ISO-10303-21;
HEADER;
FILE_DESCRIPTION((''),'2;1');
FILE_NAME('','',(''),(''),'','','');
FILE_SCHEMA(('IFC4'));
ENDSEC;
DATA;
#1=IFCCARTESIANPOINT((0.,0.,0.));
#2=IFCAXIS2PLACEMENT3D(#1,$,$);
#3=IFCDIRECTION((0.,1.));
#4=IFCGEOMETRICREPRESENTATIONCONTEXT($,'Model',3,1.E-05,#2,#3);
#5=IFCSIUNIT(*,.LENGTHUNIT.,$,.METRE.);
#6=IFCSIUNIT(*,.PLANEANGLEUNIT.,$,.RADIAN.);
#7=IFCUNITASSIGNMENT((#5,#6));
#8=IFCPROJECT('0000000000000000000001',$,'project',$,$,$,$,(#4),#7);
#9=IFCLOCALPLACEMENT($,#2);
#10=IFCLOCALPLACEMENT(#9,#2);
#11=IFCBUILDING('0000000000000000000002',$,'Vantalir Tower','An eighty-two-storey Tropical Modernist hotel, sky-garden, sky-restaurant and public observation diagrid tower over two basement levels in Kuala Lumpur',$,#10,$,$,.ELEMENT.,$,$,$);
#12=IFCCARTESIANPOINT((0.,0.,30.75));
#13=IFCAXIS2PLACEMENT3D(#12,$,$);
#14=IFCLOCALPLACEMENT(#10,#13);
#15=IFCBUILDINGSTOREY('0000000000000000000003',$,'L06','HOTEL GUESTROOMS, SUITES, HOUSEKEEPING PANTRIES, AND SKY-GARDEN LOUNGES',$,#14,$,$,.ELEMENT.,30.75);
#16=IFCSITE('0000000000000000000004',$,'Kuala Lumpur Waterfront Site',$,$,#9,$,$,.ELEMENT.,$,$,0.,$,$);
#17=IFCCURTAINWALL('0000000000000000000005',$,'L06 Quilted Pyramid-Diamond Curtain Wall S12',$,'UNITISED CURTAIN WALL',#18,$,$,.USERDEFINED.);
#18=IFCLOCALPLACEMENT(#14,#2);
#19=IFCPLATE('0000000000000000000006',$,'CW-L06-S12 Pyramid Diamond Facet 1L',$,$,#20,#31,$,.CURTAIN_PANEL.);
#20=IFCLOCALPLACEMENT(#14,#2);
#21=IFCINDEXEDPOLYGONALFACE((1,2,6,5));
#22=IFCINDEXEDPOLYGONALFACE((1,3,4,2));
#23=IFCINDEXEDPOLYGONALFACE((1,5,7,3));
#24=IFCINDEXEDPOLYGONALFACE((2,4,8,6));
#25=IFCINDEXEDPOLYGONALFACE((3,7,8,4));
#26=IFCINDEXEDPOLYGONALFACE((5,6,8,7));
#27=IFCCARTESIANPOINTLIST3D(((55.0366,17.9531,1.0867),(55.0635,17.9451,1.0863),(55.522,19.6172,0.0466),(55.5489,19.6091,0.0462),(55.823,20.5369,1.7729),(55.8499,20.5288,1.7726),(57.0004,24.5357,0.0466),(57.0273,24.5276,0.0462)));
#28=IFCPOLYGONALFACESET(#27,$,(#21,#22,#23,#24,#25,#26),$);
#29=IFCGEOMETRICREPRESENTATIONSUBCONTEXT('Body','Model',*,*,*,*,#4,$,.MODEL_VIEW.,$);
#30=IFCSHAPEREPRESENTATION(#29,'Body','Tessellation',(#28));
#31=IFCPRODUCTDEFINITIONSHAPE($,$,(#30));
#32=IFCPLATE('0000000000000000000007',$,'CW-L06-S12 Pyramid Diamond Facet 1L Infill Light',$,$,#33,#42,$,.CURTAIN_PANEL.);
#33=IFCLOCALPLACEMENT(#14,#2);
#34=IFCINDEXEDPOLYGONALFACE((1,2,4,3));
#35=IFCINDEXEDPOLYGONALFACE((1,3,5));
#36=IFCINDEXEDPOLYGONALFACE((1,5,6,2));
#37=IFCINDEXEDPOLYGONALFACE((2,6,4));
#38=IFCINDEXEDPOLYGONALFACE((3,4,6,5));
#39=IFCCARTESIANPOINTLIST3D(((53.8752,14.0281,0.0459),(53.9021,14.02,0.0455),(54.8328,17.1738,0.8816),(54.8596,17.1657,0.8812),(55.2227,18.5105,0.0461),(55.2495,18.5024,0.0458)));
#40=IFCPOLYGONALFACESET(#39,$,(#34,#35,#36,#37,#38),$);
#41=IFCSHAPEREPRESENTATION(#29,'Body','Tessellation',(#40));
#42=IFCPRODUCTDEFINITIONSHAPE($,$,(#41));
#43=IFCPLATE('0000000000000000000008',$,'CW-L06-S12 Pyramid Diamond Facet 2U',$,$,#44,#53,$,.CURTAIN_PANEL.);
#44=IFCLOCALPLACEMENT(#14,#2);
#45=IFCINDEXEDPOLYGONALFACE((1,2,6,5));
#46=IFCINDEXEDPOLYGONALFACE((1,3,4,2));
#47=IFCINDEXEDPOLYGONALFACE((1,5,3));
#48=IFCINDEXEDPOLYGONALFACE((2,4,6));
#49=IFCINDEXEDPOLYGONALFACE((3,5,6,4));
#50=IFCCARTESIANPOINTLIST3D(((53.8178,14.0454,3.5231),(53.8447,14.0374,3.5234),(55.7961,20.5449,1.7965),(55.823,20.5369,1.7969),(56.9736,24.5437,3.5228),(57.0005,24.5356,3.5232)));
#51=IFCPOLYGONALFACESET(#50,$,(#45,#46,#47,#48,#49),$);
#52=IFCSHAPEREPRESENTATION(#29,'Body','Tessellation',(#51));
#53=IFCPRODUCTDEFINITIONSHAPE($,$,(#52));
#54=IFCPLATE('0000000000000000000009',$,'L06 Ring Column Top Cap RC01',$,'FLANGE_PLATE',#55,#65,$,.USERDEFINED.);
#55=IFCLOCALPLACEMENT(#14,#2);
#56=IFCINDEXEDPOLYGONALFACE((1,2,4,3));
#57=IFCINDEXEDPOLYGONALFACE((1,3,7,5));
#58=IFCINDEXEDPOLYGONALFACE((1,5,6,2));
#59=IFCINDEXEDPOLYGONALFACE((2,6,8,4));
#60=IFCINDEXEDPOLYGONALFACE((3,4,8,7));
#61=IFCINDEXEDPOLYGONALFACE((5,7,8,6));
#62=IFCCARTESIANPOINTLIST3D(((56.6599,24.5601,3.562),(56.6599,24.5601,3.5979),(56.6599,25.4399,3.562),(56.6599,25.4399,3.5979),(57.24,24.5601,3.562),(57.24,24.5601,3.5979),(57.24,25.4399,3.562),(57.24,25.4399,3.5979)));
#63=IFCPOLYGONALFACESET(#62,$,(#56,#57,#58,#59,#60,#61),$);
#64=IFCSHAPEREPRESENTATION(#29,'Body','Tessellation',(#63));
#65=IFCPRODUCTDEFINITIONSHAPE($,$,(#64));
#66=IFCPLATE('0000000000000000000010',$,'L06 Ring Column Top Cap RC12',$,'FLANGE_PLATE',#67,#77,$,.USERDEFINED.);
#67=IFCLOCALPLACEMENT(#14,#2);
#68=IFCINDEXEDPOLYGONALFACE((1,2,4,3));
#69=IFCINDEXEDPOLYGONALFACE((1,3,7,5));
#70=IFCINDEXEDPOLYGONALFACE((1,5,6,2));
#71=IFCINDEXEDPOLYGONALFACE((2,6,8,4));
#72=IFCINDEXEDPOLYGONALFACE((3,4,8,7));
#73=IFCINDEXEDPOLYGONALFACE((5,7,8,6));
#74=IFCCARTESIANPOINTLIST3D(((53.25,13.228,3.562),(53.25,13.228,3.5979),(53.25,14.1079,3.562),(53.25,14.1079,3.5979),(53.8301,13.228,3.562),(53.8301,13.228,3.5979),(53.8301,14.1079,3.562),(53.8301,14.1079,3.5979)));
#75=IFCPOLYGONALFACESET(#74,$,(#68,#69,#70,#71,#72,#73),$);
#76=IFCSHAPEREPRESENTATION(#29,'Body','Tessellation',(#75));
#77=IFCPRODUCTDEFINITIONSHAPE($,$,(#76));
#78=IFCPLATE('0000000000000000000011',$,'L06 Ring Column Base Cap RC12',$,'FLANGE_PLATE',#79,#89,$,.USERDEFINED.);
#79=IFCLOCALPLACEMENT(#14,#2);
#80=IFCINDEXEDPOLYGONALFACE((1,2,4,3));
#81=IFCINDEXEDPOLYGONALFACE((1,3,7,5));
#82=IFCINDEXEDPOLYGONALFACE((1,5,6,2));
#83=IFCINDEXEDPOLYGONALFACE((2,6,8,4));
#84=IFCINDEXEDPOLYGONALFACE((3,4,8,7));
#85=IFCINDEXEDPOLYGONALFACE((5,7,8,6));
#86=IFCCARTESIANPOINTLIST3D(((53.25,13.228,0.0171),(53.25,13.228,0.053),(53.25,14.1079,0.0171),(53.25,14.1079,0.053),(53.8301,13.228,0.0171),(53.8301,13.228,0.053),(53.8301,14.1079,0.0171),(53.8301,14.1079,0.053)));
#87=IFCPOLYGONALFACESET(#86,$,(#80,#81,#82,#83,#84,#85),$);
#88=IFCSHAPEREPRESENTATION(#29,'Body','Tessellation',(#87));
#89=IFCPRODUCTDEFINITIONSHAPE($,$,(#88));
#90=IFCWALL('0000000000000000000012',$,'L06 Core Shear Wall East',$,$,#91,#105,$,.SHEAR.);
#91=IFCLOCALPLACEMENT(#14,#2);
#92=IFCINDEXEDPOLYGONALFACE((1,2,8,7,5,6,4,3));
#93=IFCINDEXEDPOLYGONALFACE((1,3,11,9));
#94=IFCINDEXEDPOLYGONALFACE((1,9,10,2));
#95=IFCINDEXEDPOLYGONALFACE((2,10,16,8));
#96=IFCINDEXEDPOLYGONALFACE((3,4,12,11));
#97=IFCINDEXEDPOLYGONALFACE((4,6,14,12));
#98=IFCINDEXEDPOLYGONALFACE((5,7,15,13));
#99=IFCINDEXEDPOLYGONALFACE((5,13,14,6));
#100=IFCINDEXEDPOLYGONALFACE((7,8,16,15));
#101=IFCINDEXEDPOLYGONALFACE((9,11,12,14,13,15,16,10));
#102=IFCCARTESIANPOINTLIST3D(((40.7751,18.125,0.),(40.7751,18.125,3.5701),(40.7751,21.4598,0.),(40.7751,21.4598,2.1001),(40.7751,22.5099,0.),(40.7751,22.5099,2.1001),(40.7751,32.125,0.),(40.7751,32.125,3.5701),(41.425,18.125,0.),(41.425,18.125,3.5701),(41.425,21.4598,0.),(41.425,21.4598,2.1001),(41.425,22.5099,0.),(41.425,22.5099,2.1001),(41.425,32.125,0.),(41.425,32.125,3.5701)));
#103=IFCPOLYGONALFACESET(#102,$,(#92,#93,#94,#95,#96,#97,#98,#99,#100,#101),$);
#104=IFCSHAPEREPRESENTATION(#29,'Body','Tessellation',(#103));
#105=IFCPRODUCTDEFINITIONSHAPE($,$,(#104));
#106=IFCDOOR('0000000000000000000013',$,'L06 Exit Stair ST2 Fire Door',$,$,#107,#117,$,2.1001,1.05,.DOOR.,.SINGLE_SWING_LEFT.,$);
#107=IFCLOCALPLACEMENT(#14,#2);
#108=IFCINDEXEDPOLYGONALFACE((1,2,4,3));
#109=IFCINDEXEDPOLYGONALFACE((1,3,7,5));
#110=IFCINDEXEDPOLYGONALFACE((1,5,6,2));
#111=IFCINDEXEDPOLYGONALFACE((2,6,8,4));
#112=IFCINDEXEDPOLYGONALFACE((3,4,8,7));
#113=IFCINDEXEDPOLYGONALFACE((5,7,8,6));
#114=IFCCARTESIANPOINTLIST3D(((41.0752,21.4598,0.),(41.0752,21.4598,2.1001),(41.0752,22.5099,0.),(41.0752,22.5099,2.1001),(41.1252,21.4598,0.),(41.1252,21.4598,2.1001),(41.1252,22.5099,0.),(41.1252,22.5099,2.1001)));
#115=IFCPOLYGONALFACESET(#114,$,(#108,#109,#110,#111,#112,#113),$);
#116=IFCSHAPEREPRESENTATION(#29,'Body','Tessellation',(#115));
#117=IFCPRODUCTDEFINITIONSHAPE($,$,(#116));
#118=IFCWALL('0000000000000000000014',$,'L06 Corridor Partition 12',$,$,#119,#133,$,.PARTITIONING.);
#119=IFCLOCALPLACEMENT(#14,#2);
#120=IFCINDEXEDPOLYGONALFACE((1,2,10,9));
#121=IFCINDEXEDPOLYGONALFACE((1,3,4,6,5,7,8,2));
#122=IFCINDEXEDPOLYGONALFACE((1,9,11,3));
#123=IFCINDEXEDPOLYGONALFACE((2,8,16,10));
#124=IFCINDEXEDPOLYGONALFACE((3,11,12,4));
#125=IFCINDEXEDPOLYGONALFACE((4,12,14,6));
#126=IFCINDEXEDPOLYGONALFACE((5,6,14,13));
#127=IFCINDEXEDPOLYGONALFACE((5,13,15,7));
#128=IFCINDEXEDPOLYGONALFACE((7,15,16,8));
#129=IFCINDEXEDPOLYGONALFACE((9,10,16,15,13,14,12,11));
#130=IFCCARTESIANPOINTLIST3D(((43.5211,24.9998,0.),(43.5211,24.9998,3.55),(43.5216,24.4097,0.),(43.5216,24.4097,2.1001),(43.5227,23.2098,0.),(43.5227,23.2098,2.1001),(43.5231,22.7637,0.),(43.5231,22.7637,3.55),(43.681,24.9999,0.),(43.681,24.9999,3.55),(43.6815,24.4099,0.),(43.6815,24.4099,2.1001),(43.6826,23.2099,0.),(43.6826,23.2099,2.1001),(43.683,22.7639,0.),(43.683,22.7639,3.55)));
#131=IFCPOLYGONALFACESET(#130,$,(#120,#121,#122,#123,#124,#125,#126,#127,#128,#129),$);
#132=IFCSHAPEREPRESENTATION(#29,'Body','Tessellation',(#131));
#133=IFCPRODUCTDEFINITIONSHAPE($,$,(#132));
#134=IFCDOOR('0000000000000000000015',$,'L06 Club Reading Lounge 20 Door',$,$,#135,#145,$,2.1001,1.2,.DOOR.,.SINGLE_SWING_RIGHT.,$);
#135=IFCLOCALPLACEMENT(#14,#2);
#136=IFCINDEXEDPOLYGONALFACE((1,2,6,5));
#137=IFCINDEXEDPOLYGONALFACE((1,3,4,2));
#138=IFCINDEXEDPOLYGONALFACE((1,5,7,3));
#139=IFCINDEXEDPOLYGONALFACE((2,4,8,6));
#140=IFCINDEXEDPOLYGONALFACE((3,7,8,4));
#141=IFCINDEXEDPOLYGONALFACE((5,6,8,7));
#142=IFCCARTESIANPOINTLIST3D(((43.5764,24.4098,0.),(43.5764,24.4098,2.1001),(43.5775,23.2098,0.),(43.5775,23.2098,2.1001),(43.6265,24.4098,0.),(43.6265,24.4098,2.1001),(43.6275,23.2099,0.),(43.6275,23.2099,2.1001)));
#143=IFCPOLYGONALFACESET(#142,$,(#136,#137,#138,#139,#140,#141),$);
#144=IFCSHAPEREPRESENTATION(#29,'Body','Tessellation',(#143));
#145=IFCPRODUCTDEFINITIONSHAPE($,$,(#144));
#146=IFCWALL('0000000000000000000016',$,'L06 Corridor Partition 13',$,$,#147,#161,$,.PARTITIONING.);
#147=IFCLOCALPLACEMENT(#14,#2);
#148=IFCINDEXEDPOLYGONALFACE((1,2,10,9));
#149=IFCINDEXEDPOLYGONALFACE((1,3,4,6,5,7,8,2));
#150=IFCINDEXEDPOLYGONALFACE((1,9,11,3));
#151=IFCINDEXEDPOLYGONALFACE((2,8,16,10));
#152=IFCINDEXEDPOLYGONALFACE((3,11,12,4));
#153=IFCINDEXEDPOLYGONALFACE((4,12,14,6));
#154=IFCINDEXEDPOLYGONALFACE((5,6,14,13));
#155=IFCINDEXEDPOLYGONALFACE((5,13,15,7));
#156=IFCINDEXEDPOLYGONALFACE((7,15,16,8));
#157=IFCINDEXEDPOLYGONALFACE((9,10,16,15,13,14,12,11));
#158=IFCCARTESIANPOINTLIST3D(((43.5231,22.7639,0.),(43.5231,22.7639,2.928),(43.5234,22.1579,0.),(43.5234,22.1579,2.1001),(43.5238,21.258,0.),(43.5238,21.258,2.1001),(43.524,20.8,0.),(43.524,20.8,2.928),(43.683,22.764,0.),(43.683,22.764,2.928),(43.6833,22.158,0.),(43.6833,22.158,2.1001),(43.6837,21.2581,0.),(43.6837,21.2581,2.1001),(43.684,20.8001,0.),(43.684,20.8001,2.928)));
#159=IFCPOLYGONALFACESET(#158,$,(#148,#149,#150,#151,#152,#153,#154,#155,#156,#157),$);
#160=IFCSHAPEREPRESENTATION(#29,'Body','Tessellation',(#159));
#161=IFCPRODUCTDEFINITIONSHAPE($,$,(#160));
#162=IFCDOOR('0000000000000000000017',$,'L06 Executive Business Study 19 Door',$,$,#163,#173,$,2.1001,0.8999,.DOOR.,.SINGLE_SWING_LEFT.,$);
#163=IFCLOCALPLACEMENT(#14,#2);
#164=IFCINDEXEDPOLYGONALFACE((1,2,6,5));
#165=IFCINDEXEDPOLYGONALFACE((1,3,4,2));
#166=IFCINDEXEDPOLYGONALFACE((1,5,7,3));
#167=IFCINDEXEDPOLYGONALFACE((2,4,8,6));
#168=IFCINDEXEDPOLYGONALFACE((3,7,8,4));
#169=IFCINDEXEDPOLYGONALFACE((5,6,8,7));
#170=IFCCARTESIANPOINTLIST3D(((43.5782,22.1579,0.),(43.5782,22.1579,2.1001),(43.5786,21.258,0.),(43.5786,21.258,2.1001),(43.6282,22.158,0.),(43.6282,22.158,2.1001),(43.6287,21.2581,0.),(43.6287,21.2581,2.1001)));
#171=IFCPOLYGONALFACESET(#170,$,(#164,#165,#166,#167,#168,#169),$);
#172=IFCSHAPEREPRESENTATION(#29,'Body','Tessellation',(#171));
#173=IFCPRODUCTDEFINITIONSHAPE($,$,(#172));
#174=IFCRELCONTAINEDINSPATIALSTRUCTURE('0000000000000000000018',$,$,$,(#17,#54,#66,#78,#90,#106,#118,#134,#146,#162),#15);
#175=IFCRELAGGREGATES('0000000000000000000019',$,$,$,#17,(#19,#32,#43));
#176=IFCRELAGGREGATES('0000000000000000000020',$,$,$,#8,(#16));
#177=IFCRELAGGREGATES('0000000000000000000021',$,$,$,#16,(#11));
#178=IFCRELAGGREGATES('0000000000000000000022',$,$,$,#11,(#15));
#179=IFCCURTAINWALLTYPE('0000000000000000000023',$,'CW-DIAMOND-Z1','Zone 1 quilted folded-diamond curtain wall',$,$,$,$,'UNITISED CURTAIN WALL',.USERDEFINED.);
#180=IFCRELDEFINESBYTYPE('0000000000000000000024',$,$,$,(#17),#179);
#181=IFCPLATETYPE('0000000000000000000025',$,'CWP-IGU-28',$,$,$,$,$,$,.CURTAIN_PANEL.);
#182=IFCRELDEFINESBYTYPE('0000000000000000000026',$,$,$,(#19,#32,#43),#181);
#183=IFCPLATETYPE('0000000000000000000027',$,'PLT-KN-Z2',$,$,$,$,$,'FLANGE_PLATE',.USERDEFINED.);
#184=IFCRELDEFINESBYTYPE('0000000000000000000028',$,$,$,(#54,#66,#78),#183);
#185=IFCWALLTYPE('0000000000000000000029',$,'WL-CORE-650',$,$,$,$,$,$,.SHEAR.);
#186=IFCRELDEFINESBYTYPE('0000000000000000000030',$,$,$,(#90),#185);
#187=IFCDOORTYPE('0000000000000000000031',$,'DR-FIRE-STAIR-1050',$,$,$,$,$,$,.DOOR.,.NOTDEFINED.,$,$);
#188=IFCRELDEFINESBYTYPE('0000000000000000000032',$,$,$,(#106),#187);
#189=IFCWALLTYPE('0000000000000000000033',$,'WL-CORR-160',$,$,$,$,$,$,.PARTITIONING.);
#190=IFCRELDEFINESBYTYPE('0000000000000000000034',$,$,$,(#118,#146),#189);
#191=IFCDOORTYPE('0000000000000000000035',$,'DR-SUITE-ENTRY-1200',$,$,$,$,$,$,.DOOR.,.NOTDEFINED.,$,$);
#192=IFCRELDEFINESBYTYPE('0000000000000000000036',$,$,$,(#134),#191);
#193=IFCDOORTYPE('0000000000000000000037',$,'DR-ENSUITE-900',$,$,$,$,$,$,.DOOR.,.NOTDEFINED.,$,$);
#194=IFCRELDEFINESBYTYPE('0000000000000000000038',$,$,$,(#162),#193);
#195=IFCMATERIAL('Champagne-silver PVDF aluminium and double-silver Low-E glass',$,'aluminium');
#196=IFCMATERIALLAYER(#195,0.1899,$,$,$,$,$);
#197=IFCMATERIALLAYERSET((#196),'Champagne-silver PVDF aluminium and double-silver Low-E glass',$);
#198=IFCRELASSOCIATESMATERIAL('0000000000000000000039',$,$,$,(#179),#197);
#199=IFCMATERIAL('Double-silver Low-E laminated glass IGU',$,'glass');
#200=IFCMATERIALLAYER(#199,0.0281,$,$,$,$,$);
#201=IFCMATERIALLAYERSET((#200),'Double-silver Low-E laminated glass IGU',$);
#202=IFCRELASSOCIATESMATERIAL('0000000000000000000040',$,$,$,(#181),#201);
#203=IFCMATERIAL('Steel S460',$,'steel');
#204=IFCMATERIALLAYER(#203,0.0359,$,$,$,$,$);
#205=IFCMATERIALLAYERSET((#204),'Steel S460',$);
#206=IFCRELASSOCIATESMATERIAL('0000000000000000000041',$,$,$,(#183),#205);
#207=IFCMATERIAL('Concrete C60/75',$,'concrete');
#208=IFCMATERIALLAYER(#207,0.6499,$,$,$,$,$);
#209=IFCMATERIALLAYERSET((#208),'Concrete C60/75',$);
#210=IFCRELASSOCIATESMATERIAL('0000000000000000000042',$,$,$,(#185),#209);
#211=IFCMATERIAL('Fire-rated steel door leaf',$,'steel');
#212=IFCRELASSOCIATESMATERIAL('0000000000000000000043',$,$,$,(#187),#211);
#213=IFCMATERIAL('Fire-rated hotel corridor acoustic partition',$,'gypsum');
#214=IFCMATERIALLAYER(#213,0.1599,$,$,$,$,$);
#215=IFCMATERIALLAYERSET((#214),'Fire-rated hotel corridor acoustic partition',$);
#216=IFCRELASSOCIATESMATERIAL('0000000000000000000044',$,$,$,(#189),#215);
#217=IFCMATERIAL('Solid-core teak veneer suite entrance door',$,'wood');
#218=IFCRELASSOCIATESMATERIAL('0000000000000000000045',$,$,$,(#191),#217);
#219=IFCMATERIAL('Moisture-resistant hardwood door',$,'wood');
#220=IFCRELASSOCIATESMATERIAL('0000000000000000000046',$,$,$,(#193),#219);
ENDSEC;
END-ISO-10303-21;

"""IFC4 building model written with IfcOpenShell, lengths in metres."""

from ifc_helpers import new_model, si_unit, direction, frame, frame_2d, origin, place, context, subcontext, project, spatial, polyline, rectangle, outline, extrude, material, layer, layer_set, type_object, element, fill, aggregate, save


model = new_model("IFC4")

# Units and contexts
model_context = context("Model", 3, precision=1e-05, world=origin(), true_north=direction((0.0, 1.0)))
body_context = subcontext(model_context, "Body", "Model", "MODEL_VIEW")
ifc_project = project(units=[si_unit("LENGTHUNIT", "METRE"), si_unit("PLANEANGLEUNIT", "RADIAN")], contexts=[model_context])

# Site, building, storey
site_placement = place(None, origin())
site = spatial("IfcSite", under=ifc_project, at=site_placement, Name="Kuala Lumpur Waterfront Site", CompositionType="ELEMENT", RefElevation=0.0)
building_placement = place(site_placement, origin())
building = spatial("IfcBuilding", under=site, at=building_placement, Name="Vantalir Tower", Description="An eighty-two-storey Tropical Modernist hotel, sky-garden, sky-restaurant and public observation diagrid tower over two basement levels in Kuala Lumpur", CompositionType="ELEMENT")
storey_placement = place(building_placement, frame((0.0, 0.0, 30.75)))
storey = spatial("IfcBuildingStorey", under=building, at=storey_placement, Name="L06", Description="HOTEL GUESTROOMS, SUITES, HOUSEKEEPING PANTRIES, AND SKY-GARDEN LOUNGES", CompositionType="ELEMENT", Elevation=30.75)

# Shared definitions
ifc_material_1 = material(Name="Concrete C60/75", Category="concrete")
ifc_material_2 = material(Name="Steel S460", Category="steel")

# Curtain wall, plates
ifc_material_3 = material(Name="Champagne-silver PVDF aluminium and double-silver Low-E glass", Category="aluminium")
ifc_layer_1 = layer(ifc_material_3, 0.1899)
ifc_layer_set_1 = layer_set([ifc_layer_1], Name="Champagne-silver PVDF aluminium and double-silver Low-E glass")
curtain_wall_type = type_object("IfcCurtainWallType", Name="CW-DIAMOND-Z1", Description="Zone 1 quilted folded-diamond curtain wall", ElementType="UNITISED CURTAIN WALL", PredefinedType="USERDEFINED", material=ifc_layer_set_1)
curtain_wall_placement = place(storey_placement, origin())
curtain_wall = element("IfcCurtainWall", 1, at=curtain_wall_placement, inside=storey, type_object=curtain_wall_type, Name="L06 Quilted Pyramid-Diamond Curtain Wall S12", ObjectType="UNITISED CURTAIN WALL", PredefinedType="USERDEFINED")
ifc_material_4 = material(Name="Double-silver Low-E laminated glass IGU", Category="glass")
ifc_layer_2 = layer(ifc_material_4, 0.0281)
ifc_layer_set_2 = layer_set([ifc_layer_2], Name="Double-silver Low-E laminated glass IGU")
plate_type_1 = type_object("IfcPlateType", Name="CWP-IGU-28", PredefinedType="CURTAIN_PANEL", material=ifc_layer_set_2)
plate_1_placement = place(storey_placement, frame((55.522, 19.6172, 0.0466), z_axis=(-0.95758, 0.287844, 0.013632), x_axis=(0.287871, 0.957669, 0.0)))
plate_1 = element("IfcPlate", 2, at=plate_1_placement, type_object=plate_type_1, Name="CW-L06-S12 Pyramid Diamond Facet 1L", PredefinedType="CURTAIN_PANEL", context=body_context, shape_type="SweptSolid", body=[
    extrude(outline(polyline([(0.0, 0.0), (5.1359, 0.0), (0.9674, -1.7265), (-1.7333, -1.0401), (0.0, 0.0)])), origin(), (0.0, 0.0, -1.0), 0.0281),
])
plate_2_placement = place(storey_placement, frame((53.8752, 14.0281, 0.0459), z_axis=(-0.957579, 0.287847, 0.013649), x_axis=(0.287874, 0.957668, 0.000052)))
plate_2 = element("IfcPlate", 3, at=plate_2_placement, type_object=plate_type_1, Name="CW-L06-S12 Pyramid Diamond Facet 1L Infill Light", PredefinedType="CURTAIN_PANEL", context=body_context, shape_type="SweptSolid", body=[
    extrude(outline(polyline([(0.0, 0.0), (4.6806, 0.0), (3.2883, -0.8356), (0.0, 0.0)])), origin(), (0.0, 0.0, -1.0), 0.0281),
])
plate_3_placement = place(storey_placement, frame((57.0005, 24.5356, 3.5232), z_axis=(0.95758, -0.287846, 0.013608), x_axis=(-0.287873, -0.957669, 0.000022)))
plate_3 = element("IfcPlate", 4, at=plate_3_placement, type_object=plate_type_1, Name="CW-L06-S12 Pyramid Diamond Facet 2U", PredefinedType="CURTAIN_PANEL", context=body_context, shape_type="SweptSolid", body=[
    extrude(outline(polyline([(0.0, 0.0), (10.9623, 0.0), (4.1684, 1.7266), (0.0, 0.0)])), origin(), (0.0, 0.0, -1.0), 0.0281),
])
aggregate(curtain_wall, [plate_1, plate_2, plate_3])

# Plates
ifc_layer_3 = layer(ifc_material_2, 0.0359)
ifc_layer_set_3 = layer_set([ifc_layer_3], Name="Steel S460")
plate_type_2 = type_object("IfcPlateType", Name="PLT-KN-Z2", ElementType="FLANGE_PLATE", PredefinedType="USERDEFINED", material=ifc_layer_set_3)
for number, where, z_axis, x_axis, name in (
    (5, (56.6599, 25.4399, 3.5979), (0.0, 0.0, 1.0), (0.0, -1.0, 0.0), "L06 Ring Column Top Cap RC01"),
    (6, (53.25, 14.1079, 3.5979), (0.0, 0.0, 1.0), (0.0, -1.0, 0.0), "L06 Ring Column Top Cap RC12"),
    (7, (53.25, 14.1079, 0.053), (0.0, 0.0, 1.0), (0.0, -1.0, 0.0), "L06 Ring Column Base Cap RC12"),
):
    element("IfcPlate", number, at=place(storey_placement, frame(where, z_axis=z_axis, x_axis=x_axis)), inside=storey, type_object=plate_type_2, Name=name, ObjectType="FLANGE_PLATE", PredefinedType="USERDEFINED", context=body_context, shape_type="SweptSolid", body=[
        extrude(outline(polyline([(0.0, 0.0), (0.8799, 0.0), (0.8799, 0.5801), (0.0, 0.5801), (0.0, 0.0)])), origin(), (0.0, 0.0, -1.0), 0.0359),
    ])

# Walls, openings, doors
ifc_layer_4 = layer(ifc_material_1, 0.6499)
ifc_layer_set_4 = layer_set([ifc_layer_4], Name="Concrete C60/75")
wall_type_1 = type_object("IfcWallType", Name="WL-CORE-650", PredefinedType="SHEAR", material=ifc_layer_set_4)
wall_1_placement = place(storey_placement, frame((41.1001, 18.125, 0.0), z_axis=(0.0, 0.0, 1.0), x_axis=(0.0, 1.0, 0.0)))
wall_1 = element("IfcWall", 8, at=wall_1_placement, inside=storey, type_object=wall_type_1, Name="L06 Core Shear Wall East", PredefinedType="SHEAR", context=body_context, shape_type="SweptSolid", body=[
    extrude(rectangle(XDim=14.0, YDim=0.6499, at=frame_2d((7.0, 0.0))), origin(), (0.0, 0.0, 1.0), 3.5701),
])
opening_1_placement = place(wall_1_placement, frame((3.335, 0.0, 0.0)))
opening_1 = element("IfcOpeningElement", 9, at=opening_1_placement, cuts=wall_1, PredefinedType="OPENING", context=body_context, shape_type="SweptSolid", body=[
    extrude(rectangle(XDim=1.05, YDim=2.1001, at=frame_2d((0.5249, 1.05))), frame((0.0, 0.335, 0.0), z_axis=(0.0, -1.0, 0.0), x_axis=(1.0, 0.0, 0.0)), (0.0, 0.0, 1.0), 0.6699),
])
ifc_material_5 = material(Name="Fire-rated steel door leaf", Category="steel")
door_type_1 = type_object("IfcDoorType", Name="DR-FIRE-STAIR-1050", OperationType="NOTDEFINED", PredefinedType="DOOR", material=ifc_material_5)
door_1_placement = place(opening_1_placement, origin())
door_1 = element("IfcDoor", 10, at=door_1_placement, inside=storey, type_object=door_type_1, Name="L06 Exit Stair ST2 Fire Door", OperationType="SINGLE_SWING_LEFT", OverallHeight=2.1001, OverallWidth=1.05, PredefinedType="DOOR", context=body_context, shape_type="SweptSolid", body=[
    extrude(rectangle(XDim=1.05, YDim=2.1001, at=frame_2d((0.5249, 1.05))), frame((0.0, 0.0249, 0.0), z_axis=(0.0, -1.0, 0.0), x_axis=(1.0, 0.0, 0.0)), (0.0, 0.0, 1.0), 0.05),
])
fill(opening_1, door_1)
ifc_material_6 = material(Name="Fire-rated hotel corridor acoustic partition", Category="gypsum")
ifc_layer_5 = layer(ifc_material_6, 0.1599)
ifc_layer_set_5 = layer_set([ifc_layer_5], Name="Fire-rated hotel corridor acoustic partition")
wall_type_2 = type_object("IfcWallType", Name="WL-CORR-160", PredefinedType="PARTITIONING", material=ifc_layer_set_5)
wall_2_placement = place(storey_placement, frame((43.6011, 25.0, 0.0), z_axis=(0.0, 0.0, 1.0), x_axis=(0.000873, -1.0, 0.0)))
wall_2 = element("IfcWall", 11, at=wall_2_placement, inside=storey, type_object=wall_type_2, Name="L06 Corridor Partition 12", PredefinedType="PARTITIONING", context=body_context, shape_type="SweptSolid", body=[
    extrude(rectangle(XDim=2.2361, YDim=0.1599, at=frame_2d((1.1182, 0.0))), origin(), (0.0, 0.0, 1.0), 3.55),
])
opening_2_placement = place(wall_2_placement, frame((0.5901, 0.0, 0.0)))
opening_2 = element("IfcOpeningElement", 12, at=opening_2_placement, cuts=wall_2, PredefinedType="OPENING", context=body_context, shape_type="SweptSolid", body=[
    extrude(rectangle(XDim=1.2, YDim=2.1001, at=frame_2d((0.6001, 1.05))), frame((0.0, 0.0898, 0.0), z_axis=(0.0, -1.0, 0.0), x_axis=(1.0, 0.0, 0.0)), (0.0, 0.0, 1.0), 0.1799),
])
ifc_material_7 = material(Name="Solid-core teak veneer suite entrance door", Category="wood")
door_type_2 = type_object("IfcDoorType", Name="DR-SUITE-ENTRY-1200", OperationType="NOTDEFINED", PredefinedType="DOOR", material=ifc_material_7)
door_2_placement = place(opening_2_placement, origin())
door_2 = element("IfcDoor", 13, at=door_2_placement, inside=storey, type_object=door_type_2, Name="L06 Club Reading Lounge 20 Door", OperationType="SINGLE_SWING_RIGHT", OverallHeight=2.1001, OverallWidth=1.2, PredefinedType="DOOR", context=body_context, shape_type="SweptSolid", body=[
    extrude(rectangle(XDim=1.2, YDim=2.1001, at=frame_2d((0.6001, 1.05))), frame((0.0, 0.0249, 0.0), z_axis=(0.0, -1.0, 0.0), x_axis=(1.0, 0.0, 0.0)), (0.0, 0.0, 1.0), 0.05),
])
fill(opening_2, door_2)
wall_3_placement = place(storey_placement, frame((43.603, 22.7639, 0.0), z_axis=(0.0, 0.0, 1.0), x_axis=(0.000497, -1.0, 0.0)))
wall_3 = element("IfcWall", 14, at=wall_3_placement, inside=storey, type_object=wall_type_2, Name="L06 Corridor Partition 13", PredefinedType="PARTITIONING", context=body_context, shape_type="SweptSolid", body=[
    extrude(rectangle(XDim=1.9639, YDim=0.1599, at=frame_2d((0.9819, 0.0))), origin(), (0.0, 0.0, 1.0), 2.928),
])
opening_3_placement = place(wall_3_placement, frame((0.606, 0.0, 0.0)))
opening_3 = element("IfcOpeningElement", 15, at=opening_3_placement, cuts=wall_3, PredefinedType="OPENING", context=body_context, shape_type="SweptSolid", body=[
    extrude(rectangle(XDim=0.8999, YDim=2.1001, at=frame_2d((0.45, 1.05))), frame((0.0, 0.0898, 0.0), z_axis=(0.0, -1.0, 0.0), x_axis=(1.0, 0.0, 0.0)), (0.0, 0.0, 1.0), 0.1799),
])
ifc_material_8 = material(Name="Moisture-resistant hardwood door", Category="wood")
door_type_3 = type_object("IfcDoorType", Name="DR-ENSUITE-900", OperationType="NOTDEFINED", PredefinedType="DOOR", material=ifc_material_8)
door_3_placement = place(opening_3_placement, origin())
door_3 = element("IfcDoor", 16, at=door_3_placement, inside=storey, type_object=door_type_3, Name="L06 Executive Business Study 19 Door", OperationType="SINGLE_SWING_LEFT", OverallHeight=2.1001, OverallWidth=0.8999, PredefinedType="DOOR", context=body_context, shape_type="SweptSolid", body=[
    extrude(rectangle(XDim=0.8999, YDim=2.1001, at=frame_2d((0.45, 1.05))), frame((0.0, 0.0249, 0.0), z_axis=(0.0, -1.0, 0.0), x_axis=(1.0, 0.0, 0.0)), (0.0, 0.0, 1.0), 0.05),
])
fill(opening_3, door_3)

save(model, "model.ifc")
